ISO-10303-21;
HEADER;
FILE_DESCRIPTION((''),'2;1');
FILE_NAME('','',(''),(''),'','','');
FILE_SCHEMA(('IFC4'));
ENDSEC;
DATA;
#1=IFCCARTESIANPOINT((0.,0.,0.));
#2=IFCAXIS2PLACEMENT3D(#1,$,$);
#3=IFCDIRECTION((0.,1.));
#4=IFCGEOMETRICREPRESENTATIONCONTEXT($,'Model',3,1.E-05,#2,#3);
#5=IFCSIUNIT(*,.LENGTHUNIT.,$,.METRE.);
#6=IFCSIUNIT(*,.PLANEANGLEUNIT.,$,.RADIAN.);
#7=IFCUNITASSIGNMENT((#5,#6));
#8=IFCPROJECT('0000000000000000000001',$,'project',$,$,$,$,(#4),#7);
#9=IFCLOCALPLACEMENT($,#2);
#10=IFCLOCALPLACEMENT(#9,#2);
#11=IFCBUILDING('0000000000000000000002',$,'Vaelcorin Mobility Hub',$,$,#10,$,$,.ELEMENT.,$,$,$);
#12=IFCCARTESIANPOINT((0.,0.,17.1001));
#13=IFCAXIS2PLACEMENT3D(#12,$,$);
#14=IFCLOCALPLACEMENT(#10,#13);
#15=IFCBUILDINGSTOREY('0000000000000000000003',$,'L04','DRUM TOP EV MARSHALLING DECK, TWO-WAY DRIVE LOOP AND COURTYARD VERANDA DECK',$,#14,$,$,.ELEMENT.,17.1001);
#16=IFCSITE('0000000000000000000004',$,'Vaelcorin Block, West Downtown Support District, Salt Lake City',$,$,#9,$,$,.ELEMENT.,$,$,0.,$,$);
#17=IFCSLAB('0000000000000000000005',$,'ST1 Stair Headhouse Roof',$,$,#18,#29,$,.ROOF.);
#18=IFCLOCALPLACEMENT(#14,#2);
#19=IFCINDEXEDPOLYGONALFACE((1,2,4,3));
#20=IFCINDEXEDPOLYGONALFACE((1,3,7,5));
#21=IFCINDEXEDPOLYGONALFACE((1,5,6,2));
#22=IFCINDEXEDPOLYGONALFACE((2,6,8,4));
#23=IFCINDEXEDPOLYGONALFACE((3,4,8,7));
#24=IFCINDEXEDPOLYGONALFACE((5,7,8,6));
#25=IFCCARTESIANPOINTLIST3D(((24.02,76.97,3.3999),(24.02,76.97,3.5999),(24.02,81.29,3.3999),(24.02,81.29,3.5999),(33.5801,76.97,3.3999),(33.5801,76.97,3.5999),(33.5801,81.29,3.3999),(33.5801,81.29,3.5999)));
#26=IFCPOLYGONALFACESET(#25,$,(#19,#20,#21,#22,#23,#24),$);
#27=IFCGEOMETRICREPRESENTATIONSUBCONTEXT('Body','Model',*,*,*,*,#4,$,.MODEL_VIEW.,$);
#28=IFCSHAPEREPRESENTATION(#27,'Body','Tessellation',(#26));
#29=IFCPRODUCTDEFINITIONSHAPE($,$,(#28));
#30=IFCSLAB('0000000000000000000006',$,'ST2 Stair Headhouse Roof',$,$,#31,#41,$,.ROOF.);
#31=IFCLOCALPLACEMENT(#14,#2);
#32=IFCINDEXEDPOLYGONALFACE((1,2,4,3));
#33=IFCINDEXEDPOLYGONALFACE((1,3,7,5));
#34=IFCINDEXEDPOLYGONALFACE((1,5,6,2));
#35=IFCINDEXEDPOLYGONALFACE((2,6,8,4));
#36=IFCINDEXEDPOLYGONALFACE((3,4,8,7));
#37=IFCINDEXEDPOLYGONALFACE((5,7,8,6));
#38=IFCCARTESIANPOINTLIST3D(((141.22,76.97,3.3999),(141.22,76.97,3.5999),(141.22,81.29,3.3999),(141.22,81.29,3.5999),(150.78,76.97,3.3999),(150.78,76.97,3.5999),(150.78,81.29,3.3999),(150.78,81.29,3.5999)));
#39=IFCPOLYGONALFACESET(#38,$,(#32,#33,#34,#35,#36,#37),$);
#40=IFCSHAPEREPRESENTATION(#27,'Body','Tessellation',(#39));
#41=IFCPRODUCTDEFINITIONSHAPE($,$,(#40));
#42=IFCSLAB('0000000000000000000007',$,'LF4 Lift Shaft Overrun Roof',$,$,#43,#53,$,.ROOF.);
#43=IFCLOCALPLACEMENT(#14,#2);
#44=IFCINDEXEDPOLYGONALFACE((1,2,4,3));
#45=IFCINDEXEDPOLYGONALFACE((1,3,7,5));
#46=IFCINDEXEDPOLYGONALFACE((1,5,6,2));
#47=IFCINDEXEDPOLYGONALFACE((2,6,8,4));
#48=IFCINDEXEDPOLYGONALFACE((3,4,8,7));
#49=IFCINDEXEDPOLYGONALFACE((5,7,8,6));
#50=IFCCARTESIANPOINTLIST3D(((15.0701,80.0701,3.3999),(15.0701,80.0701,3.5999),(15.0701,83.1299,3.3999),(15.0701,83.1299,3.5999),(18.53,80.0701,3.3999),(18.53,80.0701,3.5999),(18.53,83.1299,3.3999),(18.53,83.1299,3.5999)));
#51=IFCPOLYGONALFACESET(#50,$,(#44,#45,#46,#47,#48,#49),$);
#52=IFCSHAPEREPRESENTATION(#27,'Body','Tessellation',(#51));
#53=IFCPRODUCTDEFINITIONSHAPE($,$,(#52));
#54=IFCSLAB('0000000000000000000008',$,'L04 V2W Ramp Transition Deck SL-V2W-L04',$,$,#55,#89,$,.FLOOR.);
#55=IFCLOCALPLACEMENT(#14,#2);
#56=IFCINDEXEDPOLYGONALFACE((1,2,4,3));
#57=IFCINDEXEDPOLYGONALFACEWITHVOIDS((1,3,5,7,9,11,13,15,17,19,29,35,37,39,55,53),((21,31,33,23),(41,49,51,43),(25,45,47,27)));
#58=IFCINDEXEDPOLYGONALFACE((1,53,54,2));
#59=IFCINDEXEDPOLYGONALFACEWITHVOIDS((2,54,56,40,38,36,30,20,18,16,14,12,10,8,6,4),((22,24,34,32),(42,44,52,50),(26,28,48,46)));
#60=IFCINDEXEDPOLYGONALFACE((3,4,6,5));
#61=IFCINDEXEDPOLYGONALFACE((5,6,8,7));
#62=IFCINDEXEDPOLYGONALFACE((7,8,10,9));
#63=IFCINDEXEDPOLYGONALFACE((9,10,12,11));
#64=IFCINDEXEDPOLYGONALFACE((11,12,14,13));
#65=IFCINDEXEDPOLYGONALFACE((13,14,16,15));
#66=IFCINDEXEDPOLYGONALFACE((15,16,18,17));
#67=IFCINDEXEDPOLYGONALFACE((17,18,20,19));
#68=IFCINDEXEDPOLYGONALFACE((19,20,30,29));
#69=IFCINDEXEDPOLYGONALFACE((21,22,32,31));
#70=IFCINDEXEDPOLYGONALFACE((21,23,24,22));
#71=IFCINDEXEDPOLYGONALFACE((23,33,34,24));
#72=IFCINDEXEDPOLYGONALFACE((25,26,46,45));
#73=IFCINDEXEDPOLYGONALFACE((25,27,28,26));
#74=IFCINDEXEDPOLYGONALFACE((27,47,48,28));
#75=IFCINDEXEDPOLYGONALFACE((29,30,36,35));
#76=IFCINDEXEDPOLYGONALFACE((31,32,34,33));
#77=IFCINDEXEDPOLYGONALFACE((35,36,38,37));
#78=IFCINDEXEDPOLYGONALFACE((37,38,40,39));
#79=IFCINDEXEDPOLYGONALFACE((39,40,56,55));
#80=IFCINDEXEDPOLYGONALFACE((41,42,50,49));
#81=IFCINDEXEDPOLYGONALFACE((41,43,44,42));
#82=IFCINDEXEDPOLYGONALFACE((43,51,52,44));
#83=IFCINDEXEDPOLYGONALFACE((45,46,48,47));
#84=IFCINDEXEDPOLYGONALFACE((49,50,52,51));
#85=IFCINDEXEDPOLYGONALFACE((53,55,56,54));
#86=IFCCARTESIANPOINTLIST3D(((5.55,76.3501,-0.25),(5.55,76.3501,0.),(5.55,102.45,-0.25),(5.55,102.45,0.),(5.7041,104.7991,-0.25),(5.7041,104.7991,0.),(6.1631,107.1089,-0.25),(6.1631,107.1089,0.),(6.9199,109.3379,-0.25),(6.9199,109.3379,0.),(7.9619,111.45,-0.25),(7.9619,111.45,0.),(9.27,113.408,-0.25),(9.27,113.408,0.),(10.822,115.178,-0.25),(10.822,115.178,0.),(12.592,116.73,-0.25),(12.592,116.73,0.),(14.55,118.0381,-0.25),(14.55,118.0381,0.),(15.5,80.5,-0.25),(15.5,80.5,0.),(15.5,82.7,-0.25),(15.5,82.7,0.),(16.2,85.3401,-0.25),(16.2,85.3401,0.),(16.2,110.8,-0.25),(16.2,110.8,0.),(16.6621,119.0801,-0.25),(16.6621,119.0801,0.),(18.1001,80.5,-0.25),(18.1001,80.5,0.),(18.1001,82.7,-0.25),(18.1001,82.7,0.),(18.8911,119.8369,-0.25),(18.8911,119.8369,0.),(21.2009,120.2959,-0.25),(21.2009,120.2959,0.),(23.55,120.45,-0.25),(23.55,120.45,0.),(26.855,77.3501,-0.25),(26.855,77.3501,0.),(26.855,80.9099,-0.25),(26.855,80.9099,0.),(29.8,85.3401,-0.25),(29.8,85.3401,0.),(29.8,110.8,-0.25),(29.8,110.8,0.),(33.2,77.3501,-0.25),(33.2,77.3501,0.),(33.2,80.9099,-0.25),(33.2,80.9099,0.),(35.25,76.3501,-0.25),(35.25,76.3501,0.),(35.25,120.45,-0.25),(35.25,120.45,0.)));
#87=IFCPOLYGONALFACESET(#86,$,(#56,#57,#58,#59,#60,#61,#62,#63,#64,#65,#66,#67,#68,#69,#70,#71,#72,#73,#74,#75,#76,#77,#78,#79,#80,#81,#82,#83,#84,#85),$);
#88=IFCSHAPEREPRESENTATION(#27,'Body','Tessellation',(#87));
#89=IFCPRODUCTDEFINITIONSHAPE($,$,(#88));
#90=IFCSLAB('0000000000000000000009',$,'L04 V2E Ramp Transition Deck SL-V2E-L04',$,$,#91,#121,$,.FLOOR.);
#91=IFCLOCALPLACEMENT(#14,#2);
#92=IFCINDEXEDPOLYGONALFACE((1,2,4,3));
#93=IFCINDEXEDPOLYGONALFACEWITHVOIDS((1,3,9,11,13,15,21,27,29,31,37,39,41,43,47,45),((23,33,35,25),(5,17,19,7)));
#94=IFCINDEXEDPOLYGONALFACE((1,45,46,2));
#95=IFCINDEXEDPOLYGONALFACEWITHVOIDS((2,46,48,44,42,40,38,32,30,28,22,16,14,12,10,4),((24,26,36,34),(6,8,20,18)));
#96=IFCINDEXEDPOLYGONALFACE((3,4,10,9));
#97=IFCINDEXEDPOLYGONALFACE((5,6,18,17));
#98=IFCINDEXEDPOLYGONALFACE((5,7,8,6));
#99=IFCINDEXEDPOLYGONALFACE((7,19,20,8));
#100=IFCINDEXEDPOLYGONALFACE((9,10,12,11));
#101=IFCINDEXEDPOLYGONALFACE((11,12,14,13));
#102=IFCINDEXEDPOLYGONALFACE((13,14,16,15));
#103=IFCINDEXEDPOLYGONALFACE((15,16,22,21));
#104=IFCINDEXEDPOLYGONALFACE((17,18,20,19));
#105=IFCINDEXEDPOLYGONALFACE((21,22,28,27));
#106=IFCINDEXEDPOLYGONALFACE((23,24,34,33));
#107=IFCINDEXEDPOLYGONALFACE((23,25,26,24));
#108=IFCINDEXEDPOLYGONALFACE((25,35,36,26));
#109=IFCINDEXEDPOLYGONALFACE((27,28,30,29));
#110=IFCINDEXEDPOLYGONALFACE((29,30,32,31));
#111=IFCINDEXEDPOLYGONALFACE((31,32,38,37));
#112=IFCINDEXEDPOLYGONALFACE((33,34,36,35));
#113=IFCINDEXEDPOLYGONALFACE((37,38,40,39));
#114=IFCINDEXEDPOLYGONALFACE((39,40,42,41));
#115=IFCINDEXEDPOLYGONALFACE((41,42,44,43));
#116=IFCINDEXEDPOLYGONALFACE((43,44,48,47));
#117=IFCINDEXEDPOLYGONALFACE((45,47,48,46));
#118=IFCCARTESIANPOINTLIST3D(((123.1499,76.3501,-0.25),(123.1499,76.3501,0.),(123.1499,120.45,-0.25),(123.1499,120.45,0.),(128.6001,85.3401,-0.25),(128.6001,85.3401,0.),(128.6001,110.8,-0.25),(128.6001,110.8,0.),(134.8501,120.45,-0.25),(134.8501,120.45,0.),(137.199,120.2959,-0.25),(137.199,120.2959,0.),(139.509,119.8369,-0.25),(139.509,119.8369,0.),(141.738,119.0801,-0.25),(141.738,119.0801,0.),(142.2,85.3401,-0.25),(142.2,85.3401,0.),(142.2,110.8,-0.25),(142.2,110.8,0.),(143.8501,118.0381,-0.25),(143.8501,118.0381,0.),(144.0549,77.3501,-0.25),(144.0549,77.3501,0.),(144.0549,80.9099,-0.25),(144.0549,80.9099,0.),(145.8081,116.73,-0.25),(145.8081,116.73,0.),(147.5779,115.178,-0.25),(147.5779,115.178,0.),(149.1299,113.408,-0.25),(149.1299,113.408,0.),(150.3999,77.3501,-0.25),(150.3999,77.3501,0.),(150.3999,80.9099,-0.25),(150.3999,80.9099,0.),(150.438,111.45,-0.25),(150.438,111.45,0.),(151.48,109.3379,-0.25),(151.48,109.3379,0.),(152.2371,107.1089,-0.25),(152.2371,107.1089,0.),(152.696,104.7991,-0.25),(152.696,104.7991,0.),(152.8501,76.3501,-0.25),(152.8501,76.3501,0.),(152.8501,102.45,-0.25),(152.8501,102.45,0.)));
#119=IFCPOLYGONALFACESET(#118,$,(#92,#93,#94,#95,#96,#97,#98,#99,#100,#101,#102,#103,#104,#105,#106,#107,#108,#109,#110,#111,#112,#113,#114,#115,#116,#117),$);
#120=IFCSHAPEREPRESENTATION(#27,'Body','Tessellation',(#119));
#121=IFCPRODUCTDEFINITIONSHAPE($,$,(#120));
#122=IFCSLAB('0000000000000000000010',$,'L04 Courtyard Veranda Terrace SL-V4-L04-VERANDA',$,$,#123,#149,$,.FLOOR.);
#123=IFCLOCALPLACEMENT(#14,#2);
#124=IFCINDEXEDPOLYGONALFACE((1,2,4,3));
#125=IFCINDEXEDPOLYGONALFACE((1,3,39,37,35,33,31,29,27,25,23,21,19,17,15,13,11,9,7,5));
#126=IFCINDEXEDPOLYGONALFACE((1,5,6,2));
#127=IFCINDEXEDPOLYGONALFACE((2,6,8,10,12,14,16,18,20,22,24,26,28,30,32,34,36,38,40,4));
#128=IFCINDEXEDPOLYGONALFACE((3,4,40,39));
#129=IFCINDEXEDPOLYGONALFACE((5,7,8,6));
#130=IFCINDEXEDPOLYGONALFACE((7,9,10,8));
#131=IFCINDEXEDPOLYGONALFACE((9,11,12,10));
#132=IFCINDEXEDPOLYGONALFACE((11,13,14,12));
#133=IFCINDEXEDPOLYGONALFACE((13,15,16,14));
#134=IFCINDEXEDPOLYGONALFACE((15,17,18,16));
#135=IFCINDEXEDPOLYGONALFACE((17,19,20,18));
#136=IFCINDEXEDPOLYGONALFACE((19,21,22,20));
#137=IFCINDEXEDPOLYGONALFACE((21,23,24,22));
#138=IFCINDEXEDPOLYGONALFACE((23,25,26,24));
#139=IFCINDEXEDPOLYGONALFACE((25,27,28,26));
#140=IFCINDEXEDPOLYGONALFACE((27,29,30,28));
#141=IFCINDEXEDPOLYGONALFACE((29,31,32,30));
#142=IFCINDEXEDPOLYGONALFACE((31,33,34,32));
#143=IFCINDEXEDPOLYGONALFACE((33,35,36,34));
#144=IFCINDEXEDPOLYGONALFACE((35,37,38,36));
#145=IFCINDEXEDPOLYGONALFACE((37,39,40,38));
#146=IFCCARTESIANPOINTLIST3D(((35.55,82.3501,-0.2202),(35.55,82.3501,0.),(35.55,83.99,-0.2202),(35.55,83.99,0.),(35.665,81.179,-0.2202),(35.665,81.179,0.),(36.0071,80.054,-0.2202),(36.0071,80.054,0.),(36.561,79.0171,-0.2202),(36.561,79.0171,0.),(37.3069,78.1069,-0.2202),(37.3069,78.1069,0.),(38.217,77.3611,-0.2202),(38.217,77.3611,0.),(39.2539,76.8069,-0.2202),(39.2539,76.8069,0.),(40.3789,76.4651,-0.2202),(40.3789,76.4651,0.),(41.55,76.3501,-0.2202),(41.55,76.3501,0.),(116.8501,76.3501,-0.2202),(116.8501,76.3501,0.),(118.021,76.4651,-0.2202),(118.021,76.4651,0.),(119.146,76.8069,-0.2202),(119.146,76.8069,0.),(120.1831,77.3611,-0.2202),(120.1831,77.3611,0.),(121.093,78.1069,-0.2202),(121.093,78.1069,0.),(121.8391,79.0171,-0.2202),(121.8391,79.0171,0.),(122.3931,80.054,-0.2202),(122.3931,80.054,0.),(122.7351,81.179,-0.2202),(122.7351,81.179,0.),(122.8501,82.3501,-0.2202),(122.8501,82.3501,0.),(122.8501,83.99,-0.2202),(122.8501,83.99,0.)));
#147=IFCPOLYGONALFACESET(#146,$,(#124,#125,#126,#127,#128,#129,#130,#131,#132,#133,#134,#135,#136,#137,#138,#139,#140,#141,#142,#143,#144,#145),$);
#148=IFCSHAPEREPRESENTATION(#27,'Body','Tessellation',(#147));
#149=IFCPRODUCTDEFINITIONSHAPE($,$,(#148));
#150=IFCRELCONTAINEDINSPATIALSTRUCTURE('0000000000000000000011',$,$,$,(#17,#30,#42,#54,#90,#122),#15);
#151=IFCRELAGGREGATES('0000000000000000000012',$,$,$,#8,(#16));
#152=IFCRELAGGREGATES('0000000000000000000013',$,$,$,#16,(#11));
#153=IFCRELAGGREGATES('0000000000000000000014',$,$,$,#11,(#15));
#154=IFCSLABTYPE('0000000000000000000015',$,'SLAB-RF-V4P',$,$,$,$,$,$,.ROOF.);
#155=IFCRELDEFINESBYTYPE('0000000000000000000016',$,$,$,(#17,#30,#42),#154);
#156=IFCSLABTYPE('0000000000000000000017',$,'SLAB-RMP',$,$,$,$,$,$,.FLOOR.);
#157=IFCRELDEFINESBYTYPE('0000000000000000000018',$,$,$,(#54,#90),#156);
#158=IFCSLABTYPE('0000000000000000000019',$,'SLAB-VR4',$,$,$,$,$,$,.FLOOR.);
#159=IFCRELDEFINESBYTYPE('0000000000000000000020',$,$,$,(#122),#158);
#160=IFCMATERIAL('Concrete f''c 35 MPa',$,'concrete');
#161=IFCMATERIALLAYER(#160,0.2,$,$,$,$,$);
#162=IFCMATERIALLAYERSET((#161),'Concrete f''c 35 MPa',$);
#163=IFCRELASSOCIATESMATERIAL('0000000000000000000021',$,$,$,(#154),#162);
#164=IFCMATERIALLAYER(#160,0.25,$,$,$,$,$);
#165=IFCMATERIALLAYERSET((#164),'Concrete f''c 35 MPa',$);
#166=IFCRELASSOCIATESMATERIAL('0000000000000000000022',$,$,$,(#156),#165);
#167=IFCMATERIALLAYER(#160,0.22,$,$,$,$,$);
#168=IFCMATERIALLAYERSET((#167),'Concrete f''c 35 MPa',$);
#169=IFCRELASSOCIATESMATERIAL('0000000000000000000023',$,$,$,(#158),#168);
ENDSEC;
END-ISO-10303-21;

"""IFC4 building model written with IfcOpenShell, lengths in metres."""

from ifc_helpers import new_model, si_unit, direction, frame, origin, place, context, subcontext, project, spatial, polyline, outline, extrude, material, layer, layer_set, type_object, element, save


model = new_model("IFC4")

# Units and contexts
model_context = context("Model", 3, precision=1e-05, world=origin(), true_north=direction((0.0, 1.0)))
body_context = subcontext(model_context, "Body", "Model", "MODEL_VIEW")
ifc_project = project(units=[si_unit("LENGTHUNIT", "METRE"), si_unit("PLANEANGLEUNIT", "RADIAN")], contexts=[model_context])

# Site, building, storey
site_placement = place(None, origin())
site = spatial("IfcSite", under=ifc_project, at=site_placement, Name="Vaelcorin Block, West Downtown Support District, Salt Lake City", CompositionType="ELEMENT", RefElevation=0.0)
building_placement = place(site_placement, origin())
building = spatial("IfcBuilding", under=site, at=building_placement, Name="Vaelcorin Mobility Hub", CompositionType="ELEMENT")
storey_placement = place(building_placement, frame((0.0, 0.0, 17.1001)))
storey = spatial("IfcBuildingStorey", under=building, at=storey_placement, Name="L04", Description="DRUM TOP EV MARSHALLING DECK, TWO-WAY DRIVE LOOP AND COURTYARD VERANDA DECK", CompositionType="ELEMENT", Elevation=17.1001)

# Slabs
ifc_material_1 = material(Name="Concrete f'c 35 MPa", Category="concrete")
ifc_layer_1 = layer(ifc_material_1, 0.2)
ifc_layer_set_1 = layer_set([ifc_layer_1], Name="Concrete f'c 35 MPa")
slab_type_1 = type_object("IfcSlabType", Name="SLAB-RF-V4P", PredefinedType="ROOF", material=ifc_layer_set_1)
slab_1_placement = place(storey_placement, frame((0.0, 0.0, 3.3999)))
element("IfcSlab", 1, at=slab_1_placement, inside=storey, type_object=slab_type_1, Name="ST1 Stair Headhouse Roof", PredefinedType="ROOF", context=body_context, shape_type="SweptSolid", body=[
    extrude(outline(polyline([(24.02, 76.97), (33.5801, 76.97), (33.5801, 81.29), (24.02, 81.29), (24.02, 76.97)])), origin(), (0.0, 0.0, 1.0), 0.2),
])
slab_2_placement = place(storey_placement, frame((0.0, 0.0, 3.3999)))
element("IfcSlab", 2, at=slab_2_placement, inside=storey, type_object=slab_type_1, Name="ST2 Stair Headhouse Roof", PredefinedType="ROOF", context=body_context, shape_type="SweptSolid", body=[
    extrude(outline(polyline([(141.22, 76.97), (150.78, 76.97), (150.78, 81.29), (141.22, 81.29), (141.22, 76.97)])), origin(), (0.0, 0.0, 1.0), 0.2),
])
slab_3_placement = place(storey_placement, frame((0.0, 0.0, 3.3999)))
element("IfcSlab", 3, at=slab_3_placement, inside=storey, type_object=slab_type_1, Name="LF4 Lift Shaft Overrun Roof", PredefinedType="ROOF", context=body_context, shape_type="SweptSolid", body=[
    extrude(outline(polyline([(15.0701, 80.0701), (18.53, 80.0701), (18.53, 83.1299), (15.0701, 83.1299), (15.0701, 80.0701)])), origin(), (0.0, 0.0, 1.0), 0.2),
])
ifc_layer_2 = layer(ifc_material_1, 0.25)
ifc_layer_set_2 = layer_set([ifc_layer_2], Name="Concrete f'c 35 MPa")
slab_type_2 = type_object("IfcSlabType", Name="SLAB-RMP", PredefinedType="FLOOR", material=ifc_layer_set_2)
slab_4_placement = place(storey_placement, frame((0.0, 0.0, -0.25)))
element("IfcSlab", 4, at=slab_4_placement, inside=storey, type_object=slab_type_2, Name="L04 V2W Ramp Transition Deck SL-V2W-L04", PredefinedType="FLOOR", context=body_context, shape_type="SweptSolid", body=[
    extrude(outline(polyline([(5.55, 102.45), (5.7041, 104.7991), (6.1631, 107.1089), (6.9199, 109.3379), (7.9619, 111.45), (9.27, 113.408), (10.822, 115.178), (12.592, 116.73), (14.55, 118.0381), (16.6621, 119.0801), (18.8911, 119.8369), (21.2009, 120.2959), (23.55, 120.45), (35.25, 120.45), (35.25, 76.3501), (5.55, 76.3501), (5.55, 102.45)]), holes=[polyline([(26.855, 80.9099), (26.855, 77.3501), (33.2, 77.3501), (33.2, 80.9099), (26.855, 80.9099)]), polyline([(15.5, 82.7), (15.5, 80.5), (18.1001, 80.5), (18.1001, 82.7), (15.5, 82.7)]), polyline([(16.2, 110.8), (16.2, 85.3401), (29.8, 85.3401), (29.8, 110.8), (16.2, 110.8)])]), origin(), (0.0, 0.0, 1.0), 0.25),
])
slab_5_placement = place(storey_placement, frame((0.0, 0.0, -0.25)))
element("IfcSlab", 5, at=slab_5_placement, inside=storey, type_object=slab_type_2, Name="L04 V2E Ramp Transition Deck SL-V2E-L04", PredefinedType="FLOOR", context=body_context, shape_type="SweptSolid", body=[
    extrude(outline(polyline([(123.1499, 120.45), (134.8501, 120.45), (137.199, 120.2959), (139.509, 119.8369), (141.738, 119.0801), (143.8501, 118.0381), (145.8081, 116.73), (147.5779, 115.178), (149.1299, 113.408), (150.438, 111.45), (151.48, 109.3379), (152.2371, 107.1089), (152.696, 104.7991), (152.8501, 102.45), (152.8501, 76.3501), (123.1499, 76.3501), (123.1499, 120.45)]), holes=[polyline([(144.0549, 80.9099), (144.0549, 77.3501), (150.3999, 77.3501), (150.3999, 80.9099), (144.0549, 80.9099)]), polyline([(128.6001, 110.8), (128.6001, 85.3401), (142.2, 85.3401), (142.2, 110.8), (128.6001, 110.8)])]), origin(), (0.0, 0.0, 1.0), 0.25),
])
ifc_layer_3 = layer(ifc_material_1, 0.22)
ifc_layer_set_3 = layer_set([ifc_layer_3], Name="Concrete f'c 35 MPa")
slab_type_3 = type_object("IfcSlabType", Name="SLAB-VR4", PredefinedType="FLOOR", material=ifc_layer_set_3)
slab_6_placement = place(storey_placement, frame((0.0, 0.0, -0.2202)))
element("IfcSlab", 6, at=slab_6_placement, inside=storey, type_object=slab_type_3, Name="L04 Courtyard Veranda Terrace SL-V4-L04-VERANDA", PredefinedType="FLOOR", context=body_context, shape_type="SweptSolid", body=[
    extrude(outline(polyline([(35.55, 82.3501), (35.665, 81.179), (36.0071, 80.054), (36.561, 79.0171), (37.3069, 78.1069), (38.217, 77.3611), (39.2539, 76.8069), (40.3789, 76.4651), (41.55, 76.3501), (116.8501, 76.3501), (118.021, 76.4651), (119.146, 76.8069), (120.1831, 77.3611), (121.093, 78.1069), (121.8391, 79.0171), (122.3931, 80.054), (122.7351, 81.179), (122.8501, 82.3501), (122.8501, 83.99), (35.55, 83.99), (35.55, 82.3501)])), origin(), (0.0, 0.0, 1.0), 0.2202),
])

save(model, "model.ifc")
